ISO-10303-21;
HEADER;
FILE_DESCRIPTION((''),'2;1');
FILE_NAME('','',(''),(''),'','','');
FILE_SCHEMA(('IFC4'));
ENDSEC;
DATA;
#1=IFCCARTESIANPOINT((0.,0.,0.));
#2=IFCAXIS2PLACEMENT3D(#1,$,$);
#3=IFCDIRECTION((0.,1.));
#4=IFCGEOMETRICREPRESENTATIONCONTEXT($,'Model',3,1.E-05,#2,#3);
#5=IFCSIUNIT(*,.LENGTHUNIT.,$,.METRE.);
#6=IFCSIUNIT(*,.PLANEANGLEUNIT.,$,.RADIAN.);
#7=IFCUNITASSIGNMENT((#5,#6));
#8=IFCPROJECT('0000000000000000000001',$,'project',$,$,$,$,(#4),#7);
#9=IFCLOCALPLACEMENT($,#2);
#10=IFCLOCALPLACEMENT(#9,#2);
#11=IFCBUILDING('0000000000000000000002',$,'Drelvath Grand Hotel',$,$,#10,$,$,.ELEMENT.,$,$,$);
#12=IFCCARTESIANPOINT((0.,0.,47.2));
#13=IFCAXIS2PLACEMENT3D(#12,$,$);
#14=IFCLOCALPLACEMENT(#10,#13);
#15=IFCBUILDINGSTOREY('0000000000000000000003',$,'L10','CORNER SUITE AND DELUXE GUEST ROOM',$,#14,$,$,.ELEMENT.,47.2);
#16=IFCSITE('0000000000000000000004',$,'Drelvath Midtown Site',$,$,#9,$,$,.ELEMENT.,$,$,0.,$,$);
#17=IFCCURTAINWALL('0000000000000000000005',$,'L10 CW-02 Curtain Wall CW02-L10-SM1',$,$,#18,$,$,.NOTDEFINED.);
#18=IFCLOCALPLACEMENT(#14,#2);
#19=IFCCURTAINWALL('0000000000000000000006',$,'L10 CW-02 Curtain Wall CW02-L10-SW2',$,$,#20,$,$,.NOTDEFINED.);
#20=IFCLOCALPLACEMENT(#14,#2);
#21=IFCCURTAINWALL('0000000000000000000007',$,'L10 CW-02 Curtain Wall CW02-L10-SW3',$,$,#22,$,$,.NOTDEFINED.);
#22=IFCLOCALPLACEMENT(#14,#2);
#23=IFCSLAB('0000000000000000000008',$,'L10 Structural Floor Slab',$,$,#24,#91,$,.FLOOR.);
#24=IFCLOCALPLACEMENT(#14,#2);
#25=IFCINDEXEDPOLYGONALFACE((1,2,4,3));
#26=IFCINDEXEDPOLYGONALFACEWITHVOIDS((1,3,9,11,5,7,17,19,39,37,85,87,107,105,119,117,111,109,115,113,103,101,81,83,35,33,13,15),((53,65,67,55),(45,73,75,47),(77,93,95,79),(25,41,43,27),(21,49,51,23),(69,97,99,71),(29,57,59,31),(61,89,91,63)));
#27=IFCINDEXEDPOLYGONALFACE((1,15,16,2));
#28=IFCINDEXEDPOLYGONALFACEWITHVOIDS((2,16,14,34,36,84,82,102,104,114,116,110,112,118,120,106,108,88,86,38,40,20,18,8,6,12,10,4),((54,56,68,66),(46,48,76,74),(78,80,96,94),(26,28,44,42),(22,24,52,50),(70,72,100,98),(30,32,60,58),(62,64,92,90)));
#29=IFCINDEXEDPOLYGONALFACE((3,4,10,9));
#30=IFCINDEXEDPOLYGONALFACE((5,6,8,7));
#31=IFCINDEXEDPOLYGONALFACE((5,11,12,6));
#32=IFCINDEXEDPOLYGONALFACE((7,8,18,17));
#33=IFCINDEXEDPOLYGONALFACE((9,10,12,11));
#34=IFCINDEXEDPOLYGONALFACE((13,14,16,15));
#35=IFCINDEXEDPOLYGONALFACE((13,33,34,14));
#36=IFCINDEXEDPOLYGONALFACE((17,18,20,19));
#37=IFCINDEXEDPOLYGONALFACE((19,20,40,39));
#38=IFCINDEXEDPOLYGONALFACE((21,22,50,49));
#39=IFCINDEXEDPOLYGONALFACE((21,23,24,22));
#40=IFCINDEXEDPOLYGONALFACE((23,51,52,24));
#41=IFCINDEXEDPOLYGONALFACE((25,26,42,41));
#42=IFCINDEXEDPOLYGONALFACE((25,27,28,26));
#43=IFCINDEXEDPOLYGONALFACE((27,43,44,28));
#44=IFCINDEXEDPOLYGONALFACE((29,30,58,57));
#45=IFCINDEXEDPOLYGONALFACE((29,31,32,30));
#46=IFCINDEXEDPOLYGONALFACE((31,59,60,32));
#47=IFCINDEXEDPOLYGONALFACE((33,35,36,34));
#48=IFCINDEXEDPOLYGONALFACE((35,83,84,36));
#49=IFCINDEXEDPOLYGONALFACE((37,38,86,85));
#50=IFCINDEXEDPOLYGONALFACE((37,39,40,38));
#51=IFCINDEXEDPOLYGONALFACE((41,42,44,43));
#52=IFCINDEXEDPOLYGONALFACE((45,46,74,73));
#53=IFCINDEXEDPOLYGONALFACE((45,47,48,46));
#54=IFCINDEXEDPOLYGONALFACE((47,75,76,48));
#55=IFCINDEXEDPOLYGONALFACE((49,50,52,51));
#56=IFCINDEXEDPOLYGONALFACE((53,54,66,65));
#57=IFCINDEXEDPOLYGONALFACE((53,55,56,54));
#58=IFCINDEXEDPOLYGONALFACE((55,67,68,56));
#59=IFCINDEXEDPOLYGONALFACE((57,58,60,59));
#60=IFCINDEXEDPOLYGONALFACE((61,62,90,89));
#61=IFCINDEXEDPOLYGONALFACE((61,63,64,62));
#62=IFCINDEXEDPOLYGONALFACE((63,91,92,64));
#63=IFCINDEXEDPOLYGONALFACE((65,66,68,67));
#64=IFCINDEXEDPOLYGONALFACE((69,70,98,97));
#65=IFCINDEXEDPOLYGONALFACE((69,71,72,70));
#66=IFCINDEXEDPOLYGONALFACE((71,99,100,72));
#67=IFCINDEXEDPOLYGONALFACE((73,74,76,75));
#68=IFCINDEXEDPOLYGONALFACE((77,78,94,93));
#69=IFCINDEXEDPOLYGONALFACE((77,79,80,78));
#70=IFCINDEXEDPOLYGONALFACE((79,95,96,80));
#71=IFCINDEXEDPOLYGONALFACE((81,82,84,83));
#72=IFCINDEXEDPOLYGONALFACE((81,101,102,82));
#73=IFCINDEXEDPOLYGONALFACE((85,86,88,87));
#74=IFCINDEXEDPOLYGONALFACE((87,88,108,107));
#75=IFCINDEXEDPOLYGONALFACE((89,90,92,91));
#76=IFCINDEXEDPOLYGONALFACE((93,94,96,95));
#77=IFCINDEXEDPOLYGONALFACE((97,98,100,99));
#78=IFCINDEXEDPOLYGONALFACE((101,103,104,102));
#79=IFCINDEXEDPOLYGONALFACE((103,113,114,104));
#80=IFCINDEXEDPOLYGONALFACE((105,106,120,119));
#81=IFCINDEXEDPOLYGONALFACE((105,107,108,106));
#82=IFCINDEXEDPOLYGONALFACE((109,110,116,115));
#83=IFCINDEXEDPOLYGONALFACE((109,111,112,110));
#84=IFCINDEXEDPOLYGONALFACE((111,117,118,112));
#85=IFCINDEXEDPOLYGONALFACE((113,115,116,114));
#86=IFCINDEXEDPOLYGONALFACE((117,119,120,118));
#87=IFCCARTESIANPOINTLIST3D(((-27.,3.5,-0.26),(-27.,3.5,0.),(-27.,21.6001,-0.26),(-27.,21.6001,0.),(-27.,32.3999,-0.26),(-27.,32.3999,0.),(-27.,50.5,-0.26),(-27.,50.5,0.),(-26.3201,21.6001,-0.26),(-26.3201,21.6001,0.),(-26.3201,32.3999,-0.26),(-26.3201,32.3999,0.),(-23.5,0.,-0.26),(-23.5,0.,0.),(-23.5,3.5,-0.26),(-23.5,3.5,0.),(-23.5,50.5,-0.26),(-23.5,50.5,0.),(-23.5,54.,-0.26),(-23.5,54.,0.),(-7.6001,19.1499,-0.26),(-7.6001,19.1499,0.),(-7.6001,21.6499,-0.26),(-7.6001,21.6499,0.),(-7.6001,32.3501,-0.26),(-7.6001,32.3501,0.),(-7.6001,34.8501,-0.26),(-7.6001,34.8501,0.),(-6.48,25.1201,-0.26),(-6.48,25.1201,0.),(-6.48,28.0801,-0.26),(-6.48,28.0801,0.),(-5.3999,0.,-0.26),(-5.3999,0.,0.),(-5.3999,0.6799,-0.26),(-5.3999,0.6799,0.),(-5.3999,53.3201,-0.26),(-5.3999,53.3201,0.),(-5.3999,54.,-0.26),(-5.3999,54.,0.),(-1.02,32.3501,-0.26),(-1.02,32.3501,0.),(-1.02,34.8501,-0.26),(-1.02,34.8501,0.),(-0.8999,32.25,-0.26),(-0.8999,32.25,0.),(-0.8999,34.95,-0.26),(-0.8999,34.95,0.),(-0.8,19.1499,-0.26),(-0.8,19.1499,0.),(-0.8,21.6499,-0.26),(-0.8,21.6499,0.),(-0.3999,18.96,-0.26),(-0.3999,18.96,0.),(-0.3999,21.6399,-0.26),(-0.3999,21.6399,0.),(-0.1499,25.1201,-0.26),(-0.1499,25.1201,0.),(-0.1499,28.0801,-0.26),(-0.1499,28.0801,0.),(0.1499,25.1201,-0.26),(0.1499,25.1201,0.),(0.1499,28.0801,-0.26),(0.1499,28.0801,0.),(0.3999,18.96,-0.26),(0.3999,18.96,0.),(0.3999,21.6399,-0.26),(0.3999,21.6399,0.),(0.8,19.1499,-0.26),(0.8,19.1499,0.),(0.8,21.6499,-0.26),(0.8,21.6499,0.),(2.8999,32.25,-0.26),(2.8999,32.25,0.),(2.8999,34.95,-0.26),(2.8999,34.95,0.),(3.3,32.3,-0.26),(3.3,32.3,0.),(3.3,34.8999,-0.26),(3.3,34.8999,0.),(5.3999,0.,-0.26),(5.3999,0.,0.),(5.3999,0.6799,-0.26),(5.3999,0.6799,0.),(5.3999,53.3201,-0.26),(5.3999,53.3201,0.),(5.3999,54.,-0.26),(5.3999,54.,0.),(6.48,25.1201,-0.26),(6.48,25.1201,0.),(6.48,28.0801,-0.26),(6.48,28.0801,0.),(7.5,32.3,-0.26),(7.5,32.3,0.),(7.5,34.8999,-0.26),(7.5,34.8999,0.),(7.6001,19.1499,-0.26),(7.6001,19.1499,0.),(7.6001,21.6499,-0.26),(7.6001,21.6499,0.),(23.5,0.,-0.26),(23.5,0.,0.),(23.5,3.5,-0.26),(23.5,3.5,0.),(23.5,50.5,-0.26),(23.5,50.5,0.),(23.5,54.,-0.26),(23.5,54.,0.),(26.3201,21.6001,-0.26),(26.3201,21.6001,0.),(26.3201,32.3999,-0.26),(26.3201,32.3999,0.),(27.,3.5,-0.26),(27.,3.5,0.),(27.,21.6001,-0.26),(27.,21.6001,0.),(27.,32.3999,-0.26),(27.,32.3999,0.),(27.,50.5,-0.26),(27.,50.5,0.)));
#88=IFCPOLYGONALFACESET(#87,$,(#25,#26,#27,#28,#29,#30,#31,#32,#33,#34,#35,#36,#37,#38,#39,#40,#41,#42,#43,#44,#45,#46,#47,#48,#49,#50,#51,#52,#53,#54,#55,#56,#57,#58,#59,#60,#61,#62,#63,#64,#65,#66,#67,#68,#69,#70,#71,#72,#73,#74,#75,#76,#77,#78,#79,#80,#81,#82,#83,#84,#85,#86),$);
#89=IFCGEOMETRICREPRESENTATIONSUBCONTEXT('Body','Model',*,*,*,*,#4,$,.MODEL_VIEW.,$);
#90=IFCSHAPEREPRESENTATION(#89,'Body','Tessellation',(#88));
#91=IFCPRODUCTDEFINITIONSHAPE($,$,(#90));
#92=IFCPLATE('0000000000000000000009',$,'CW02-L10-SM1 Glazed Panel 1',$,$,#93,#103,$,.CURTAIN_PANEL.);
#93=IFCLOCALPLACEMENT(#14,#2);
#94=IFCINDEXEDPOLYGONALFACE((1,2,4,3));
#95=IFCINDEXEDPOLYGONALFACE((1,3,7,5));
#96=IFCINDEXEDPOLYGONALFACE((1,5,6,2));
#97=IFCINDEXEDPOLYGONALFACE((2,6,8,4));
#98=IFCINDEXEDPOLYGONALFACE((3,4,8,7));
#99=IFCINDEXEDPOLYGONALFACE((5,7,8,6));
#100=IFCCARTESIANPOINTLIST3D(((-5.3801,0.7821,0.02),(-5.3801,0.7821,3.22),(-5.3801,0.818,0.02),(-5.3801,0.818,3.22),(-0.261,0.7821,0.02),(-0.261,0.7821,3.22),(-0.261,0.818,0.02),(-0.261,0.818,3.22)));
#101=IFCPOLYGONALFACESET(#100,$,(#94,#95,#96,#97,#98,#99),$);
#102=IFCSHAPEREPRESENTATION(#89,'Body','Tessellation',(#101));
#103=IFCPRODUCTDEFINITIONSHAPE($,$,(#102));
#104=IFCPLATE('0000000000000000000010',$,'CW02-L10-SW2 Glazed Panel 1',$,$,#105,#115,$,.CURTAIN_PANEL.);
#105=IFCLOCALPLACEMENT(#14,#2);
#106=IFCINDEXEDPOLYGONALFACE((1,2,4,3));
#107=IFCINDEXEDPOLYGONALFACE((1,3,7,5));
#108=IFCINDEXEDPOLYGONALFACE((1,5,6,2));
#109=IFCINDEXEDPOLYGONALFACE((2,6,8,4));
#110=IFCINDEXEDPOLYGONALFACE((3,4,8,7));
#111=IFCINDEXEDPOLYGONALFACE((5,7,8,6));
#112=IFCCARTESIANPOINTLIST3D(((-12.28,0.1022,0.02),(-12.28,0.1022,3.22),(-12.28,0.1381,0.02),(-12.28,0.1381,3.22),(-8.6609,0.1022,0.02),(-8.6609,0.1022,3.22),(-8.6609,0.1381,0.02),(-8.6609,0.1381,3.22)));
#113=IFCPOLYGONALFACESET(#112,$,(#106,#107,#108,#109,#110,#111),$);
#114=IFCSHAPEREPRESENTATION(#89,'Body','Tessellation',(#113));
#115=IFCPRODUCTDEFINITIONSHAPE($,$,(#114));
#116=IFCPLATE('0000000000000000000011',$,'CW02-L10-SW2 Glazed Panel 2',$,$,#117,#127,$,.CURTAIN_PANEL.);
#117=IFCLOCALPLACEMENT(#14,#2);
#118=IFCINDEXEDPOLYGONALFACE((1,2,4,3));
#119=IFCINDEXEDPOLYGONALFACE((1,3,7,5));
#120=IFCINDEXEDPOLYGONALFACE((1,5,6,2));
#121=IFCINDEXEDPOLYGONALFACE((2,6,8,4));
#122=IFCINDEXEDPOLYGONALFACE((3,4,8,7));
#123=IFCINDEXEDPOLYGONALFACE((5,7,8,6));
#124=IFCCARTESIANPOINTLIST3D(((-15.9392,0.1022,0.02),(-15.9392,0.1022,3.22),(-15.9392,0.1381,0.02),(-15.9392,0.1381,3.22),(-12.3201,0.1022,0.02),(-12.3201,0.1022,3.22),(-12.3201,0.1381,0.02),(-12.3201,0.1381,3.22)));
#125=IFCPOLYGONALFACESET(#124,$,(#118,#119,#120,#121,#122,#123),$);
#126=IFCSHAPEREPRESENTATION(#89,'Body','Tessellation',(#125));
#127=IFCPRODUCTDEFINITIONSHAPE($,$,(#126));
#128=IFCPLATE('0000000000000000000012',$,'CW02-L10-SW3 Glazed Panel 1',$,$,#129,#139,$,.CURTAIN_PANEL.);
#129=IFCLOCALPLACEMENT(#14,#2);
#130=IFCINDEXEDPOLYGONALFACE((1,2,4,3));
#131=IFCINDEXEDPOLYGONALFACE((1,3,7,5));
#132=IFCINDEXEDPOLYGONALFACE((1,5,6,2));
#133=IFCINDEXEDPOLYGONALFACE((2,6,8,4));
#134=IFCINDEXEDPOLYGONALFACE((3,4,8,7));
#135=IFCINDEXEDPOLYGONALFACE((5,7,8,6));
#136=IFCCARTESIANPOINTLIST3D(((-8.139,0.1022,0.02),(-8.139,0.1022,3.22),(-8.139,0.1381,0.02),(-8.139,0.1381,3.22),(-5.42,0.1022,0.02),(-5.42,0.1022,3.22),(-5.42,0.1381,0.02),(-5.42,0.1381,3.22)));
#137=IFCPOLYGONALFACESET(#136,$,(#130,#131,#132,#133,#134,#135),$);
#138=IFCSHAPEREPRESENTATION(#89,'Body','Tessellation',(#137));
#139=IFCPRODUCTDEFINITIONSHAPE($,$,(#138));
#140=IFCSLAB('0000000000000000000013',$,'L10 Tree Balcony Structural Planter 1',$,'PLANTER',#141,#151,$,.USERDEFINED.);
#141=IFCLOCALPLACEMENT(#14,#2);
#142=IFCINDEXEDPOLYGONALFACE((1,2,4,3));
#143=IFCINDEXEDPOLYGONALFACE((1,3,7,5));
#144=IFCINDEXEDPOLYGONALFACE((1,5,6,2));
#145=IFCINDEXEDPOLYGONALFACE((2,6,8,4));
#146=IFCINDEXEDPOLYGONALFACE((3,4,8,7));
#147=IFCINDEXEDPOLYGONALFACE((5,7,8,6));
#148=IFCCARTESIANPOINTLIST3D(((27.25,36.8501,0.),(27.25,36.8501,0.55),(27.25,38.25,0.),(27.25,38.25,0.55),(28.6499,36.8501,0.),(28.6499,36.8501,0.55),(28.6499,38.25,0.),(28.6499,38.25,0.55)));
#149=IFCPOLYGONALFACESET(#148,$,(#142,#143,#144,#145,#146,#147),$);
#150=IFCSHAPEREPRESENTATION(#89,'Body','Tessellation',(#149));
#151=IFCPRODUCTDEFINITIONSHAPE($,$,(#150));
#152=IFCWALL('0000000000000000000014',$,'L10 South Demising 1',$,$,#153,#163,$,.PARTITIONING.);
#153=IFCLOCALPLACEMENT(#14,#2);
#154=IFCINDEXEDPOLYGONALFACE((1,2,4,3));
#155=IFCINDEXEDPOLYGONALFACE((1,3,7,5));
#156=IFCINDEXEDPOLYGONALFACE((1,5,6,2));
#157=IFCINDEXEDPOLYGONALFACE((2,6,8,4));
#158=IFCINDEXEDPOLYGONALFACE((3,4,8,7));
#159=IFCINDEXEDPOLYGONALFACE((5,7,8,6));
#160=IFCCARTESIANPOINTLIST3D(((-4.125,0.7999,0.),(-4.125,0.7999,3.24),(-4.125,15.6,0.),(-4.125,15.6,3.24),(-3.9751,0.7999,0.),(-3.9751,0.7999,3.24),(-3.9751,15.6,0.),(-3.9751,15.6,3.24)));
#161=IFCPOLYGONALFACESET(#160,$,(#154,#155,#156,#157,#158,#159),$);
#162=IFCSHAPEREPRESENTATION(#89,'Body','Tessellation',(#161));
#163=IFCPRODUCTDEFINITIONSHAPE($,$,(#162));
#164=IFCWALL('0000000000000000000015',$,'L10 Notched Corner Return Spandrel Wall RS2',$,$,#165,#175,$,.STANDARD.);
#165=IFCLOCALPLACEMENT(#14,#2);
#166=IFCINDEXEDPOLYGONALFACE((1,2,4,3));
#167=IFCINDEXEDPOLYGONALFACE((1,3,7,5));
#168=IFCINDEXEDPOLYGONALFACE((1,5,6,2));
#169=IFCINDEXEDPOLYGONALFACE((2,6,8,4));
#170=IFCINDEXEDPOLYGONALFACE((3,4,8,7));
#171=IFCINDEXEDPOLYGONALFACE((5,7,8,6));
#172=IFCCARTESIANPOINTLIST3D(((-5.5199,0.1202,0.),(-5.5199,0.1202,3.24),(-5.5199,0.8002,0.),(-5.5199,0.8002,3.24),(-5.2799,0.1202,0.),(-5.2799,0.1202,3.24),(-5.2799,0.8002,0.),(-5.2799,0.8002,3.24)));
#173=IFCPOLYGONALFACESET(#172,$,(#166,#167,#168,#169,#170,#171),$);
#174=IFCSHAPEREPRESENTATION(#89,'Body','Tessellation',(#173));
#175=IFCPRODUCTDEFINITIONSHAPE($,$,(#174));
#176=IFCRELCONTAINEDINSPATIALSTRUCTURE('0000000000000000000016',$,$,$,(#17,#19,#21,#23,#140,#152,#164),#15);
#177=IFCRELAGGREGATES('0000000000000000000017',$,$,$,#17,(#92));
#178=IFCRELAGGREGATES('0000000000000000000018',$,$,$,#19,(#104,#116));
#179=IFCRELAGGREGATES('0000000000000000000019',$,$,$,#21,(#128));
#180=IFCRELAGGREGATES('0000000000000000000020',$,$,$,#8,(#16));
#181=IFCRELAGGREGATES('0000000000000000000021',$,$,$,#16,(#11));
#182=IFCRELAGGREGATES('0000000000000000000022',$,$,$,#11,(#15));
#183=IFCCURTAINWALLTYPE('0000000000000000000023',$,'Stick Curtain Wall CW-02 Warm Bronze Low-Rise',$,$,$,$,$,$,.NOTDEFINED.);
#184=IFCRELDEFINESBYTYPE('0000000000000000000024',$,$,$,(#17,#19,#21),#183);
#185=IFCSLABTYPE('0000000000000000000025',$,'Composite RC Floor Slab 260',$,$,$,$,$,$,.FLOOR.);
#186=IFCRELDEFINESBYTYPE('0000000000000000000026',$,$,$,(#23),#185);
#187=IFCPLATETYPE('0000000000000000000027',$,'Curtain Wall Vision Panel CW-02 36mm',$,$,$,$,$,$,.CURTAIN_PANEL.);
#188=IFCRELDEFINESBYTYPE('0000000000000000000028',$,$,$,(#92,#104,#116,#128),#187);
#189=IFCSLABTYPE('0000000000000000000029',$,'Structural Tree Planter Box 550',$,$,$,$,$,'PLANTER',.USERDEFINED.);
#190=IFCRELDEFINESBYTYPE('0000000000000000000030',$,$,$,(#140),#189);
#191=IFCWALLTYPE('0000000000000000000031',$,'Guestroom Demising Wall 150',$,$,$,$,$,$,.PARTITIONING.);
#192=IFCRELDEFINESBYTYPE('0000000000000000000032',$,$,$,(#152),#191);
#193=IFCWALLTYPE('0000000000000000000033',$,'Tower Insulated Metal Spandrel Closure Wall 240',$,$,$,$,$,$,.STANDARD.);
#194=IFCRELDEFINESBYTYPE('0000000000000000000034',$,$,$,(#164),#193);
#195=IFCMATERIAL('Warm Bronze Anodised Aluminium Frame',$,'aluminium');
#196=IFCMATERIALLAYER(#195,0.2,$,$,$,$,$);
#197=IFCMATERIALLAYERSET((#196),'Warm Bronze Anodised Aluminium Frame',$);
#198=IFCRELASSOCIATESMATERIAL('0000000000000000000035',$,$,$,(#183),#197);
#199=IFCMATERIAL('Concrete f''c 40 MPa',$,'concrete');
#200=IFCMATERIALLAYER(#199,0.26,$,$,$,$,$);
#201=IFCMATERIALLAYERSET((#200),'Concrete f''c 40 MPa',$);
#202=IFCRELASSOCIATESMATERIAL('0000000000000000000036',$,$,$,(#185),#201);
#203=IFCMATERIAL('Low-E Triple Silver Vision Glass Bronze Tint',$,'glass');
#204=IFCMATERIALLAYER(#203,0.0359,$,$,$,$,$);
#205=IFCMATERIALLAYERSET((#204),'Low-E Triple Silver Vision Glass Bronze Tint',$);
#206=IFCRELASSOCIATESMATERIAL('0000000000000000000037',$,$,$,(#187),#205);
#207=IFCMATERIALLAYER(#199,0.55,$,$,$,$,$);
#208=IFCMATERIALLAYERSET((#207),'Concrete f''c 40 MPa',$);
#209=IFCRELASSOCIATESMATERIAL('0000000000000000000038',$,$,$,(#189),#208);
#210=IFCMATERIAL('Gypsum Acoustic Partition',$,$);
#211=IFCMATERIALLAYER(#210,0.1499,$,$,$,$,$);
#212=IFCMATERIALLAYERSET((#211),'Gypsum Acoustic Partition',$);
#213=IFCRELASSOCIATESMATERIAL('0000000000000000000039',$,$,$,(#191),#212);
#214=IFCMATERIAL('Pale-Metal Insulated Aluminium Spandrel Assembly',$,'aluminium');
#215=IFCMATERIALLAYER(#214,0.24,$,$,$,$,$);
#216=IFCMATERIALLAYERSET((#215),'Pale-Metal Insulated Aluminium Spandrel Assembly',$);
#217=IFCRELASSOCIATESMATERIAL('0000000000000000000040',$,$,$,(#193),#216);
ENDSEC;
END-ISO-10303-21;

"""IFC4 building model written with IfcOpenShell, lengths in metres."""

from ifc_helpers import new_model, si_unit, direction, frame, frame_2d, origin, origin_2d, place, context, subcontext, project, spatial, polyline, rectangle, outline, extrude, material, layer, layer_set, type_object, element, aggregate, save


model = new_model("IFC4")

# Units and contexts
model_context = context("Model", 3, precision=1e-05, world=origin(), true_north=direction((0.0, 1.0)))
body_context = subcontext(model_context, "Body", "Model", "MODEL_VIEW")
ifc_project = project(units=[si_unit("LENGTHUNIT", "METRE"), si_unit("PLANEANGLEUNIT", "RADIAN")], contexts=[model_context])

# Site, building, storey
site_placement = place(None, origin())
site = spatial("IfcSite", under=ifc_project, at=site_placement, Name="Drelvath Midtown Site", CompositionType="ELEMENT", RefElevation=0.0)
building_placement = place(site_placement, origin())
building = spatial("IfcBuilding", under=site, at=building_placement, Name="Drelvath Grand Hotel", CompositionType="ELEMENT")
storey_placement = place(building_placement, frame((0.0, 0.0, 47.2)))
storey = spatial("IfcBuildingStorey", under=building, at=storey_placement, Name="L10", Description="CORNER SUITE AND DELUXE GUEST ROOM", CompositionType="ELEMENT", Elevation=47.2)

# Curtain walls
ifc_material_1 = material(Name="Warm Bronze Anodised Aluminium Frame", Category="aluminium")
ifc_layer_1 = layer(ifc_material_1, 0.2)
ifc_layer_set_1 = layer_set([ifc_layer_1], Name="Warm Bronze Anodised Aluminium Frame")
curtain_wall_type = type_object("IfcCurtainWallType", Name="Stick Curtain Wall CW-02 Warm Bronze Low-Rise", PredefinedType="NOTDEFINED", material=ifc_layer_set_1)
curtain_wall_1_placement = place(storey_placement, origin())
curtain_wall_1 = element("IfcCurtainWall", 1, at=curtain_wall_1_placement, inside=storey, type_object=curtain_wall_type, Name="L10 CW-02 Curtain Wall CW02-L10-SM1", PredefinedType="NOTDEFINED")
curtain_wall_2_placement = place(storey_placement, origin())
curtain_wall_2 = element("IfcCurtainWall", 2, at=curtain_wall_2_placement, inside=storey, type_object=curtain_wall_type, Name="L10 CW-02 Curtain Wall CW02-L10-SW2", PredefinedType="NOTDEFINED")
curtain_wall_3_placement = place(storey_placement, origin())
curtain_wall_3 = element("IfcCurtainWall", 3, at=curtain_wall_3_placement, inside=storey, type_object=curtain_wall_type, Name="L10 CW-02 Curtain Wall CW02-L10-SW3", PredefinedType="NOTDEFINED")

# Slab
ifc_material_2 = material(Name="Concrete f'c 40 MPa", Category="concrete")
ifc_layer_2 = layer(ifc_material_2, 0.26)
ifc_layer_set_2 = layer_set([ifc_layer_2], Name="Concrete f'c 40 MPa")
slab_type_1 = type_object("IfcSlabType", Name="Composite RC Floor Slab 260", PredefinedType="FLOOR", material=ifc_layer_set_2)
slab_1_placement = place(storey_placement, frame((0.0, 0.0, -0.26)))
element("IfcSlab", 4, at=slab_1_placement, inside=storey, type_object=slab_type_1, Name="L10 Structural Floor Slab", PredefinedType="FLOOR", context=body_context, shape_type="SweptSolid", body=[
    extrude(outline(polyline([(-23.5, 0.0), (-5.3999, 0.0), (-5.3999, 0.6799), (5.3999, 0.6799), (5.3999, 0.0), (23.5, 0.0), (23.5, 3.5), (27.0, 3.5), (27.0, 21.6001), (26.3201, 21.6001), (26.3201, 32.3999), (27.0, 32.3999), (27.0, 50.5), (23.5, 50.5), (23.5, 54.0), (5.3999, 54.0), (5.3999, 53.3201), (-5.3999, 53.3201), (-5.3999, 54.0), (-23.5, 54.0), (-23.5, 50.5), (-27.0, 50.5), (-27.0, 32.3999), (-26.3201, 32.3999), (-26.3201, 21.6001), (-27.0, 21.6001), (-27.0, 3.5), (-23.5, 3.5), (-23.5, 0.0)]), holes=[polyline([(-6.48, 25.1201), (-6.48, 28.0801), (-0.1499, 28.0801), (-0.1499, 25.1201), (-6.48, 25.1201)]), polyline([(0.1499, 25.1201), (0.1499, 28.0801), (6.48, 28.0801), (6.48, 25.1201), (0.1499, 25.1201)]), polyline([(-7.6001, 19.1499), (-7.6001, 21.6499), (-0.8, 21.6499), (-0.8, 19.1499), (-7.6001, 19.1499)]), polyline([(-0.3999, 18.96), (-0.3999, 21.6399), (0.3999, 21.6399), (0.3999, 18.96), (-0.3999, 18.96)]), polyline([(0.8, 19.1499), (0.8, 21.6499), (7.6001, 21.6499), (7.6001, 19.1499), (0.8, 19.1499)]), polyline([(-7.6001, 32.3501), (-7.6001, 34.8501), (-1.02, 34.8501), (-1.02, 32.3501), (-7.6001, 32.3501)]), polyline([(-0.8999, 32.25), (-0.8999, 34.95), (2.8999, 34.95), (2.8999, 32.25), (-0.8999, 32.25)]), polyline([(3.3, 32.3), (3.3, 34.8999), (7.5, 34.8999), (7.5, 32.3), (3.3, 32.3)])]), origin(), (0.0, 0.0, 1.0), 0.26),
])

# Plates
ifc_material_3 = material(Name="Low-E Triple Silver Vision Glass Bronze Tint", Category="glass")
ifc_layer_3 = layer(ifc_material_3, 0.0359)
ifc_layer_set_3 = layer_set([ifc_layer_3], Name="Low-E Triple Silver Vision Glass Bronze Tint")
plate_type = type_object("IfcPlateType", Name="Curtain Wall Vision Panel CW-02 36mm", PredefinedType="CURTAIN_PANEL", material=ifc_layer_set_3)
plate_1_placement = place(storey_placement, frame((-2.8206, 0.8, 0.02), z_axis=(0.0, 0.0, 1.0), x_axis=(-1.0, 0.0, 0.0)))
plate_1 = element("IfcPlate", 5, at=plate_1_placement, type_object=plate_type, Name="CW02-L10-SM1 Glazed Panel 1", PredefinedType="CURTAIN_PANEL", context=body_context, shape_type="SweptSolid", body=[
    extrude(rectangle(XDim=5.1191, YDim=0.0359, at=origin_2d()), origin(), (0.0, 0.0, 1.0), 3.2),
])
aggregate(curtain_wall_1, [plate_1])
plate_2_placement = place(storey_placement, frame((-10.4705, 0.1201, 0.02), z_axis=(0.0, 0.0, 1.0), x_axis=(-1.0, 0.0, 0.0)))
plate_2 = element("IfcPlate", 6, at=plate_2_placement, type_object=plate_type, Name="CW02-L10-SW2 Glazed Panel 1", PredefinedType="CURTAIN_PANEL", context=body_context, shape_type="SweptSolid", body=[
    extrude(rectangle(XDim=3.6191, YDim=0.0359, at=origin_2d()), origin(), (0.0, 0.0, 1.0), 3.2),
])
plate_3_placement = place(storey_placement, frame((-14.1296, 0.1201, 0.02), z_axis=(0.0, 0.0, 1.0), x_axis=(-1.0, 0.0, 0.0)))
plate_3 = element("IfcPlate", 7, at=plate_3_placement, type_object=plate_type, Name="CW02-L10-SW2 Glazed Panel 2", PredefinedType="CURTAIN_PANEL", context=body_context, shape_type="SweptSolid", body=[
    extrude(rectangle(XDim=3.6191, YDim=0.0359, at=origin_2d()), origin(), (0.0, 0.0, 1.0), 3.2),
])
aggregate(curtain_wall_2, [plate_2, plate_3])
plate_4_placement = place(storey_placement, frame((-6.7795, 0.1201, 0.02), z_axis=(0.0, 0.0, 1.0), x_axis=(-1.0, 0.0, 0.0)))
plate_4 = element("IfcPlate", 8, at=plate_4_placement, type_object=plate_type, Name="CW02-L10-SW3 Glazed Panel 1", PredefinedType="CURTAIN_PANEL", context=body_context, shape_type="SweptSolid", body=[
    extrude(rectangle(XDim=2.719, YDim=0.0359, at=origin_2d()), origin(), (0.0, 0.0, 1.0), 3.2),
])
aggregate(curtain_wall_3, [plate_4])

# Slab
ifc_layer_4 = layer(ifc_material_2, 0.55)
ifc_layer_set_4 = layer_set([ifc_layer_4], Name="Concrete f'c 40 MPa")
slab_type_2 = type_object("IfcSlabType", Name="Structural Tree Planter Box 550", ElementType="PLANTER", PredefinedType="USERDEFINED", material=ifc_layer_set_4)
slab_2_placement = place(storey_placement, origin())
element("IfcSlab", 9, at=slab_2_placement, inside=storey, type_object=slab_type_2, Name="L10 Tree Balcony Structural Planter 1", ObjectType="PLANTER", PredefinedType="USERDEFINED", context=body_context, shape_type="SweptSolid", body=[
    extrude(outline(polyline([(27.25, 36.8501), (28.6499, 36.8501), (28.6499, 38.25), (27.25, 38.25), (27.25, 36.8501)])), origin(), (0.0, 0.0, 1.0), 0.55),
])

# Walls
ifc_material_4 = material(Name="Gypsum Acoustic Partition")
ifc_layer_5 = layer(ifc_material_4, 0.1499)
ifc_layer_set_5 = layer_set([ifc_layer_5], Name="Gypsum Acoustic Partition")
wall_type_1 = type_object("IfcWallType", Name="Guestroom Demising Wall 150", PredefinedType="PARTITIONING", material=ifc_layer_set_5)
wall_1_placement = place(storey_placement, frame((-4.05, 0.8, 0.0), z_axis=(0.0, 0.0, 1.0), x_axis=(0.0, 1.0, 0.0)))
element("IfcWall", 10, at=wall_1_placement, inside=storey, type_object=wall_type_1, Name="L10 South Demising 1", PredefinedType="PARTITIONING", context=body_context, shape_type="SweptSolid", body=[
    extrude(rectangle(XDim=14.8, YDim=0.1499, at=frame_2d((7.3999, 0.0))), origin(), (0.0, 0.0, 1.0), 3.24),
])
ifc_material_5 = material(Name="Pale-Metal Insulated Aluminium Spandrel Assembly", Category="aluminium")
ifc_layer_6 = layer(ifc_material_5, 0.24)
ifc_layer_set_6 = layer_set([ifc_layer_6], Name="Pale-Metal Insulated Aluminium Spandrel Assembly")
wall_type_2 = type_object("IfcWallType", Name="Tower Insulated Metal Spandrel Closure Wall 240", PredefinedType="STANDARD", material=ifc_layer_set_6)
wall_2_placement = place(storey_placement, frame((-5.3999, 0.8, 0.0), z_axis=(0.0, 0.0, 1.0), x_axis=(0.0, -1.0, 0.0)))
element("IfcWall", 11, at=wall_2_placement, inside=storey, type_object=wall_type_2, Name="L10 Notched Corner Return Spandrel Wall RS2", PredefinedType="STANDARD", context=body_context, shape_type="SweptSolid", body=[
    extrude(rectangle(XDim=0.6799, YDim=0.24, at=frame_2d((0.3398, 0.0))), origin(), (0.0, 0.0, 1.0), 3.24),
])

save(model, "model.ifc")
